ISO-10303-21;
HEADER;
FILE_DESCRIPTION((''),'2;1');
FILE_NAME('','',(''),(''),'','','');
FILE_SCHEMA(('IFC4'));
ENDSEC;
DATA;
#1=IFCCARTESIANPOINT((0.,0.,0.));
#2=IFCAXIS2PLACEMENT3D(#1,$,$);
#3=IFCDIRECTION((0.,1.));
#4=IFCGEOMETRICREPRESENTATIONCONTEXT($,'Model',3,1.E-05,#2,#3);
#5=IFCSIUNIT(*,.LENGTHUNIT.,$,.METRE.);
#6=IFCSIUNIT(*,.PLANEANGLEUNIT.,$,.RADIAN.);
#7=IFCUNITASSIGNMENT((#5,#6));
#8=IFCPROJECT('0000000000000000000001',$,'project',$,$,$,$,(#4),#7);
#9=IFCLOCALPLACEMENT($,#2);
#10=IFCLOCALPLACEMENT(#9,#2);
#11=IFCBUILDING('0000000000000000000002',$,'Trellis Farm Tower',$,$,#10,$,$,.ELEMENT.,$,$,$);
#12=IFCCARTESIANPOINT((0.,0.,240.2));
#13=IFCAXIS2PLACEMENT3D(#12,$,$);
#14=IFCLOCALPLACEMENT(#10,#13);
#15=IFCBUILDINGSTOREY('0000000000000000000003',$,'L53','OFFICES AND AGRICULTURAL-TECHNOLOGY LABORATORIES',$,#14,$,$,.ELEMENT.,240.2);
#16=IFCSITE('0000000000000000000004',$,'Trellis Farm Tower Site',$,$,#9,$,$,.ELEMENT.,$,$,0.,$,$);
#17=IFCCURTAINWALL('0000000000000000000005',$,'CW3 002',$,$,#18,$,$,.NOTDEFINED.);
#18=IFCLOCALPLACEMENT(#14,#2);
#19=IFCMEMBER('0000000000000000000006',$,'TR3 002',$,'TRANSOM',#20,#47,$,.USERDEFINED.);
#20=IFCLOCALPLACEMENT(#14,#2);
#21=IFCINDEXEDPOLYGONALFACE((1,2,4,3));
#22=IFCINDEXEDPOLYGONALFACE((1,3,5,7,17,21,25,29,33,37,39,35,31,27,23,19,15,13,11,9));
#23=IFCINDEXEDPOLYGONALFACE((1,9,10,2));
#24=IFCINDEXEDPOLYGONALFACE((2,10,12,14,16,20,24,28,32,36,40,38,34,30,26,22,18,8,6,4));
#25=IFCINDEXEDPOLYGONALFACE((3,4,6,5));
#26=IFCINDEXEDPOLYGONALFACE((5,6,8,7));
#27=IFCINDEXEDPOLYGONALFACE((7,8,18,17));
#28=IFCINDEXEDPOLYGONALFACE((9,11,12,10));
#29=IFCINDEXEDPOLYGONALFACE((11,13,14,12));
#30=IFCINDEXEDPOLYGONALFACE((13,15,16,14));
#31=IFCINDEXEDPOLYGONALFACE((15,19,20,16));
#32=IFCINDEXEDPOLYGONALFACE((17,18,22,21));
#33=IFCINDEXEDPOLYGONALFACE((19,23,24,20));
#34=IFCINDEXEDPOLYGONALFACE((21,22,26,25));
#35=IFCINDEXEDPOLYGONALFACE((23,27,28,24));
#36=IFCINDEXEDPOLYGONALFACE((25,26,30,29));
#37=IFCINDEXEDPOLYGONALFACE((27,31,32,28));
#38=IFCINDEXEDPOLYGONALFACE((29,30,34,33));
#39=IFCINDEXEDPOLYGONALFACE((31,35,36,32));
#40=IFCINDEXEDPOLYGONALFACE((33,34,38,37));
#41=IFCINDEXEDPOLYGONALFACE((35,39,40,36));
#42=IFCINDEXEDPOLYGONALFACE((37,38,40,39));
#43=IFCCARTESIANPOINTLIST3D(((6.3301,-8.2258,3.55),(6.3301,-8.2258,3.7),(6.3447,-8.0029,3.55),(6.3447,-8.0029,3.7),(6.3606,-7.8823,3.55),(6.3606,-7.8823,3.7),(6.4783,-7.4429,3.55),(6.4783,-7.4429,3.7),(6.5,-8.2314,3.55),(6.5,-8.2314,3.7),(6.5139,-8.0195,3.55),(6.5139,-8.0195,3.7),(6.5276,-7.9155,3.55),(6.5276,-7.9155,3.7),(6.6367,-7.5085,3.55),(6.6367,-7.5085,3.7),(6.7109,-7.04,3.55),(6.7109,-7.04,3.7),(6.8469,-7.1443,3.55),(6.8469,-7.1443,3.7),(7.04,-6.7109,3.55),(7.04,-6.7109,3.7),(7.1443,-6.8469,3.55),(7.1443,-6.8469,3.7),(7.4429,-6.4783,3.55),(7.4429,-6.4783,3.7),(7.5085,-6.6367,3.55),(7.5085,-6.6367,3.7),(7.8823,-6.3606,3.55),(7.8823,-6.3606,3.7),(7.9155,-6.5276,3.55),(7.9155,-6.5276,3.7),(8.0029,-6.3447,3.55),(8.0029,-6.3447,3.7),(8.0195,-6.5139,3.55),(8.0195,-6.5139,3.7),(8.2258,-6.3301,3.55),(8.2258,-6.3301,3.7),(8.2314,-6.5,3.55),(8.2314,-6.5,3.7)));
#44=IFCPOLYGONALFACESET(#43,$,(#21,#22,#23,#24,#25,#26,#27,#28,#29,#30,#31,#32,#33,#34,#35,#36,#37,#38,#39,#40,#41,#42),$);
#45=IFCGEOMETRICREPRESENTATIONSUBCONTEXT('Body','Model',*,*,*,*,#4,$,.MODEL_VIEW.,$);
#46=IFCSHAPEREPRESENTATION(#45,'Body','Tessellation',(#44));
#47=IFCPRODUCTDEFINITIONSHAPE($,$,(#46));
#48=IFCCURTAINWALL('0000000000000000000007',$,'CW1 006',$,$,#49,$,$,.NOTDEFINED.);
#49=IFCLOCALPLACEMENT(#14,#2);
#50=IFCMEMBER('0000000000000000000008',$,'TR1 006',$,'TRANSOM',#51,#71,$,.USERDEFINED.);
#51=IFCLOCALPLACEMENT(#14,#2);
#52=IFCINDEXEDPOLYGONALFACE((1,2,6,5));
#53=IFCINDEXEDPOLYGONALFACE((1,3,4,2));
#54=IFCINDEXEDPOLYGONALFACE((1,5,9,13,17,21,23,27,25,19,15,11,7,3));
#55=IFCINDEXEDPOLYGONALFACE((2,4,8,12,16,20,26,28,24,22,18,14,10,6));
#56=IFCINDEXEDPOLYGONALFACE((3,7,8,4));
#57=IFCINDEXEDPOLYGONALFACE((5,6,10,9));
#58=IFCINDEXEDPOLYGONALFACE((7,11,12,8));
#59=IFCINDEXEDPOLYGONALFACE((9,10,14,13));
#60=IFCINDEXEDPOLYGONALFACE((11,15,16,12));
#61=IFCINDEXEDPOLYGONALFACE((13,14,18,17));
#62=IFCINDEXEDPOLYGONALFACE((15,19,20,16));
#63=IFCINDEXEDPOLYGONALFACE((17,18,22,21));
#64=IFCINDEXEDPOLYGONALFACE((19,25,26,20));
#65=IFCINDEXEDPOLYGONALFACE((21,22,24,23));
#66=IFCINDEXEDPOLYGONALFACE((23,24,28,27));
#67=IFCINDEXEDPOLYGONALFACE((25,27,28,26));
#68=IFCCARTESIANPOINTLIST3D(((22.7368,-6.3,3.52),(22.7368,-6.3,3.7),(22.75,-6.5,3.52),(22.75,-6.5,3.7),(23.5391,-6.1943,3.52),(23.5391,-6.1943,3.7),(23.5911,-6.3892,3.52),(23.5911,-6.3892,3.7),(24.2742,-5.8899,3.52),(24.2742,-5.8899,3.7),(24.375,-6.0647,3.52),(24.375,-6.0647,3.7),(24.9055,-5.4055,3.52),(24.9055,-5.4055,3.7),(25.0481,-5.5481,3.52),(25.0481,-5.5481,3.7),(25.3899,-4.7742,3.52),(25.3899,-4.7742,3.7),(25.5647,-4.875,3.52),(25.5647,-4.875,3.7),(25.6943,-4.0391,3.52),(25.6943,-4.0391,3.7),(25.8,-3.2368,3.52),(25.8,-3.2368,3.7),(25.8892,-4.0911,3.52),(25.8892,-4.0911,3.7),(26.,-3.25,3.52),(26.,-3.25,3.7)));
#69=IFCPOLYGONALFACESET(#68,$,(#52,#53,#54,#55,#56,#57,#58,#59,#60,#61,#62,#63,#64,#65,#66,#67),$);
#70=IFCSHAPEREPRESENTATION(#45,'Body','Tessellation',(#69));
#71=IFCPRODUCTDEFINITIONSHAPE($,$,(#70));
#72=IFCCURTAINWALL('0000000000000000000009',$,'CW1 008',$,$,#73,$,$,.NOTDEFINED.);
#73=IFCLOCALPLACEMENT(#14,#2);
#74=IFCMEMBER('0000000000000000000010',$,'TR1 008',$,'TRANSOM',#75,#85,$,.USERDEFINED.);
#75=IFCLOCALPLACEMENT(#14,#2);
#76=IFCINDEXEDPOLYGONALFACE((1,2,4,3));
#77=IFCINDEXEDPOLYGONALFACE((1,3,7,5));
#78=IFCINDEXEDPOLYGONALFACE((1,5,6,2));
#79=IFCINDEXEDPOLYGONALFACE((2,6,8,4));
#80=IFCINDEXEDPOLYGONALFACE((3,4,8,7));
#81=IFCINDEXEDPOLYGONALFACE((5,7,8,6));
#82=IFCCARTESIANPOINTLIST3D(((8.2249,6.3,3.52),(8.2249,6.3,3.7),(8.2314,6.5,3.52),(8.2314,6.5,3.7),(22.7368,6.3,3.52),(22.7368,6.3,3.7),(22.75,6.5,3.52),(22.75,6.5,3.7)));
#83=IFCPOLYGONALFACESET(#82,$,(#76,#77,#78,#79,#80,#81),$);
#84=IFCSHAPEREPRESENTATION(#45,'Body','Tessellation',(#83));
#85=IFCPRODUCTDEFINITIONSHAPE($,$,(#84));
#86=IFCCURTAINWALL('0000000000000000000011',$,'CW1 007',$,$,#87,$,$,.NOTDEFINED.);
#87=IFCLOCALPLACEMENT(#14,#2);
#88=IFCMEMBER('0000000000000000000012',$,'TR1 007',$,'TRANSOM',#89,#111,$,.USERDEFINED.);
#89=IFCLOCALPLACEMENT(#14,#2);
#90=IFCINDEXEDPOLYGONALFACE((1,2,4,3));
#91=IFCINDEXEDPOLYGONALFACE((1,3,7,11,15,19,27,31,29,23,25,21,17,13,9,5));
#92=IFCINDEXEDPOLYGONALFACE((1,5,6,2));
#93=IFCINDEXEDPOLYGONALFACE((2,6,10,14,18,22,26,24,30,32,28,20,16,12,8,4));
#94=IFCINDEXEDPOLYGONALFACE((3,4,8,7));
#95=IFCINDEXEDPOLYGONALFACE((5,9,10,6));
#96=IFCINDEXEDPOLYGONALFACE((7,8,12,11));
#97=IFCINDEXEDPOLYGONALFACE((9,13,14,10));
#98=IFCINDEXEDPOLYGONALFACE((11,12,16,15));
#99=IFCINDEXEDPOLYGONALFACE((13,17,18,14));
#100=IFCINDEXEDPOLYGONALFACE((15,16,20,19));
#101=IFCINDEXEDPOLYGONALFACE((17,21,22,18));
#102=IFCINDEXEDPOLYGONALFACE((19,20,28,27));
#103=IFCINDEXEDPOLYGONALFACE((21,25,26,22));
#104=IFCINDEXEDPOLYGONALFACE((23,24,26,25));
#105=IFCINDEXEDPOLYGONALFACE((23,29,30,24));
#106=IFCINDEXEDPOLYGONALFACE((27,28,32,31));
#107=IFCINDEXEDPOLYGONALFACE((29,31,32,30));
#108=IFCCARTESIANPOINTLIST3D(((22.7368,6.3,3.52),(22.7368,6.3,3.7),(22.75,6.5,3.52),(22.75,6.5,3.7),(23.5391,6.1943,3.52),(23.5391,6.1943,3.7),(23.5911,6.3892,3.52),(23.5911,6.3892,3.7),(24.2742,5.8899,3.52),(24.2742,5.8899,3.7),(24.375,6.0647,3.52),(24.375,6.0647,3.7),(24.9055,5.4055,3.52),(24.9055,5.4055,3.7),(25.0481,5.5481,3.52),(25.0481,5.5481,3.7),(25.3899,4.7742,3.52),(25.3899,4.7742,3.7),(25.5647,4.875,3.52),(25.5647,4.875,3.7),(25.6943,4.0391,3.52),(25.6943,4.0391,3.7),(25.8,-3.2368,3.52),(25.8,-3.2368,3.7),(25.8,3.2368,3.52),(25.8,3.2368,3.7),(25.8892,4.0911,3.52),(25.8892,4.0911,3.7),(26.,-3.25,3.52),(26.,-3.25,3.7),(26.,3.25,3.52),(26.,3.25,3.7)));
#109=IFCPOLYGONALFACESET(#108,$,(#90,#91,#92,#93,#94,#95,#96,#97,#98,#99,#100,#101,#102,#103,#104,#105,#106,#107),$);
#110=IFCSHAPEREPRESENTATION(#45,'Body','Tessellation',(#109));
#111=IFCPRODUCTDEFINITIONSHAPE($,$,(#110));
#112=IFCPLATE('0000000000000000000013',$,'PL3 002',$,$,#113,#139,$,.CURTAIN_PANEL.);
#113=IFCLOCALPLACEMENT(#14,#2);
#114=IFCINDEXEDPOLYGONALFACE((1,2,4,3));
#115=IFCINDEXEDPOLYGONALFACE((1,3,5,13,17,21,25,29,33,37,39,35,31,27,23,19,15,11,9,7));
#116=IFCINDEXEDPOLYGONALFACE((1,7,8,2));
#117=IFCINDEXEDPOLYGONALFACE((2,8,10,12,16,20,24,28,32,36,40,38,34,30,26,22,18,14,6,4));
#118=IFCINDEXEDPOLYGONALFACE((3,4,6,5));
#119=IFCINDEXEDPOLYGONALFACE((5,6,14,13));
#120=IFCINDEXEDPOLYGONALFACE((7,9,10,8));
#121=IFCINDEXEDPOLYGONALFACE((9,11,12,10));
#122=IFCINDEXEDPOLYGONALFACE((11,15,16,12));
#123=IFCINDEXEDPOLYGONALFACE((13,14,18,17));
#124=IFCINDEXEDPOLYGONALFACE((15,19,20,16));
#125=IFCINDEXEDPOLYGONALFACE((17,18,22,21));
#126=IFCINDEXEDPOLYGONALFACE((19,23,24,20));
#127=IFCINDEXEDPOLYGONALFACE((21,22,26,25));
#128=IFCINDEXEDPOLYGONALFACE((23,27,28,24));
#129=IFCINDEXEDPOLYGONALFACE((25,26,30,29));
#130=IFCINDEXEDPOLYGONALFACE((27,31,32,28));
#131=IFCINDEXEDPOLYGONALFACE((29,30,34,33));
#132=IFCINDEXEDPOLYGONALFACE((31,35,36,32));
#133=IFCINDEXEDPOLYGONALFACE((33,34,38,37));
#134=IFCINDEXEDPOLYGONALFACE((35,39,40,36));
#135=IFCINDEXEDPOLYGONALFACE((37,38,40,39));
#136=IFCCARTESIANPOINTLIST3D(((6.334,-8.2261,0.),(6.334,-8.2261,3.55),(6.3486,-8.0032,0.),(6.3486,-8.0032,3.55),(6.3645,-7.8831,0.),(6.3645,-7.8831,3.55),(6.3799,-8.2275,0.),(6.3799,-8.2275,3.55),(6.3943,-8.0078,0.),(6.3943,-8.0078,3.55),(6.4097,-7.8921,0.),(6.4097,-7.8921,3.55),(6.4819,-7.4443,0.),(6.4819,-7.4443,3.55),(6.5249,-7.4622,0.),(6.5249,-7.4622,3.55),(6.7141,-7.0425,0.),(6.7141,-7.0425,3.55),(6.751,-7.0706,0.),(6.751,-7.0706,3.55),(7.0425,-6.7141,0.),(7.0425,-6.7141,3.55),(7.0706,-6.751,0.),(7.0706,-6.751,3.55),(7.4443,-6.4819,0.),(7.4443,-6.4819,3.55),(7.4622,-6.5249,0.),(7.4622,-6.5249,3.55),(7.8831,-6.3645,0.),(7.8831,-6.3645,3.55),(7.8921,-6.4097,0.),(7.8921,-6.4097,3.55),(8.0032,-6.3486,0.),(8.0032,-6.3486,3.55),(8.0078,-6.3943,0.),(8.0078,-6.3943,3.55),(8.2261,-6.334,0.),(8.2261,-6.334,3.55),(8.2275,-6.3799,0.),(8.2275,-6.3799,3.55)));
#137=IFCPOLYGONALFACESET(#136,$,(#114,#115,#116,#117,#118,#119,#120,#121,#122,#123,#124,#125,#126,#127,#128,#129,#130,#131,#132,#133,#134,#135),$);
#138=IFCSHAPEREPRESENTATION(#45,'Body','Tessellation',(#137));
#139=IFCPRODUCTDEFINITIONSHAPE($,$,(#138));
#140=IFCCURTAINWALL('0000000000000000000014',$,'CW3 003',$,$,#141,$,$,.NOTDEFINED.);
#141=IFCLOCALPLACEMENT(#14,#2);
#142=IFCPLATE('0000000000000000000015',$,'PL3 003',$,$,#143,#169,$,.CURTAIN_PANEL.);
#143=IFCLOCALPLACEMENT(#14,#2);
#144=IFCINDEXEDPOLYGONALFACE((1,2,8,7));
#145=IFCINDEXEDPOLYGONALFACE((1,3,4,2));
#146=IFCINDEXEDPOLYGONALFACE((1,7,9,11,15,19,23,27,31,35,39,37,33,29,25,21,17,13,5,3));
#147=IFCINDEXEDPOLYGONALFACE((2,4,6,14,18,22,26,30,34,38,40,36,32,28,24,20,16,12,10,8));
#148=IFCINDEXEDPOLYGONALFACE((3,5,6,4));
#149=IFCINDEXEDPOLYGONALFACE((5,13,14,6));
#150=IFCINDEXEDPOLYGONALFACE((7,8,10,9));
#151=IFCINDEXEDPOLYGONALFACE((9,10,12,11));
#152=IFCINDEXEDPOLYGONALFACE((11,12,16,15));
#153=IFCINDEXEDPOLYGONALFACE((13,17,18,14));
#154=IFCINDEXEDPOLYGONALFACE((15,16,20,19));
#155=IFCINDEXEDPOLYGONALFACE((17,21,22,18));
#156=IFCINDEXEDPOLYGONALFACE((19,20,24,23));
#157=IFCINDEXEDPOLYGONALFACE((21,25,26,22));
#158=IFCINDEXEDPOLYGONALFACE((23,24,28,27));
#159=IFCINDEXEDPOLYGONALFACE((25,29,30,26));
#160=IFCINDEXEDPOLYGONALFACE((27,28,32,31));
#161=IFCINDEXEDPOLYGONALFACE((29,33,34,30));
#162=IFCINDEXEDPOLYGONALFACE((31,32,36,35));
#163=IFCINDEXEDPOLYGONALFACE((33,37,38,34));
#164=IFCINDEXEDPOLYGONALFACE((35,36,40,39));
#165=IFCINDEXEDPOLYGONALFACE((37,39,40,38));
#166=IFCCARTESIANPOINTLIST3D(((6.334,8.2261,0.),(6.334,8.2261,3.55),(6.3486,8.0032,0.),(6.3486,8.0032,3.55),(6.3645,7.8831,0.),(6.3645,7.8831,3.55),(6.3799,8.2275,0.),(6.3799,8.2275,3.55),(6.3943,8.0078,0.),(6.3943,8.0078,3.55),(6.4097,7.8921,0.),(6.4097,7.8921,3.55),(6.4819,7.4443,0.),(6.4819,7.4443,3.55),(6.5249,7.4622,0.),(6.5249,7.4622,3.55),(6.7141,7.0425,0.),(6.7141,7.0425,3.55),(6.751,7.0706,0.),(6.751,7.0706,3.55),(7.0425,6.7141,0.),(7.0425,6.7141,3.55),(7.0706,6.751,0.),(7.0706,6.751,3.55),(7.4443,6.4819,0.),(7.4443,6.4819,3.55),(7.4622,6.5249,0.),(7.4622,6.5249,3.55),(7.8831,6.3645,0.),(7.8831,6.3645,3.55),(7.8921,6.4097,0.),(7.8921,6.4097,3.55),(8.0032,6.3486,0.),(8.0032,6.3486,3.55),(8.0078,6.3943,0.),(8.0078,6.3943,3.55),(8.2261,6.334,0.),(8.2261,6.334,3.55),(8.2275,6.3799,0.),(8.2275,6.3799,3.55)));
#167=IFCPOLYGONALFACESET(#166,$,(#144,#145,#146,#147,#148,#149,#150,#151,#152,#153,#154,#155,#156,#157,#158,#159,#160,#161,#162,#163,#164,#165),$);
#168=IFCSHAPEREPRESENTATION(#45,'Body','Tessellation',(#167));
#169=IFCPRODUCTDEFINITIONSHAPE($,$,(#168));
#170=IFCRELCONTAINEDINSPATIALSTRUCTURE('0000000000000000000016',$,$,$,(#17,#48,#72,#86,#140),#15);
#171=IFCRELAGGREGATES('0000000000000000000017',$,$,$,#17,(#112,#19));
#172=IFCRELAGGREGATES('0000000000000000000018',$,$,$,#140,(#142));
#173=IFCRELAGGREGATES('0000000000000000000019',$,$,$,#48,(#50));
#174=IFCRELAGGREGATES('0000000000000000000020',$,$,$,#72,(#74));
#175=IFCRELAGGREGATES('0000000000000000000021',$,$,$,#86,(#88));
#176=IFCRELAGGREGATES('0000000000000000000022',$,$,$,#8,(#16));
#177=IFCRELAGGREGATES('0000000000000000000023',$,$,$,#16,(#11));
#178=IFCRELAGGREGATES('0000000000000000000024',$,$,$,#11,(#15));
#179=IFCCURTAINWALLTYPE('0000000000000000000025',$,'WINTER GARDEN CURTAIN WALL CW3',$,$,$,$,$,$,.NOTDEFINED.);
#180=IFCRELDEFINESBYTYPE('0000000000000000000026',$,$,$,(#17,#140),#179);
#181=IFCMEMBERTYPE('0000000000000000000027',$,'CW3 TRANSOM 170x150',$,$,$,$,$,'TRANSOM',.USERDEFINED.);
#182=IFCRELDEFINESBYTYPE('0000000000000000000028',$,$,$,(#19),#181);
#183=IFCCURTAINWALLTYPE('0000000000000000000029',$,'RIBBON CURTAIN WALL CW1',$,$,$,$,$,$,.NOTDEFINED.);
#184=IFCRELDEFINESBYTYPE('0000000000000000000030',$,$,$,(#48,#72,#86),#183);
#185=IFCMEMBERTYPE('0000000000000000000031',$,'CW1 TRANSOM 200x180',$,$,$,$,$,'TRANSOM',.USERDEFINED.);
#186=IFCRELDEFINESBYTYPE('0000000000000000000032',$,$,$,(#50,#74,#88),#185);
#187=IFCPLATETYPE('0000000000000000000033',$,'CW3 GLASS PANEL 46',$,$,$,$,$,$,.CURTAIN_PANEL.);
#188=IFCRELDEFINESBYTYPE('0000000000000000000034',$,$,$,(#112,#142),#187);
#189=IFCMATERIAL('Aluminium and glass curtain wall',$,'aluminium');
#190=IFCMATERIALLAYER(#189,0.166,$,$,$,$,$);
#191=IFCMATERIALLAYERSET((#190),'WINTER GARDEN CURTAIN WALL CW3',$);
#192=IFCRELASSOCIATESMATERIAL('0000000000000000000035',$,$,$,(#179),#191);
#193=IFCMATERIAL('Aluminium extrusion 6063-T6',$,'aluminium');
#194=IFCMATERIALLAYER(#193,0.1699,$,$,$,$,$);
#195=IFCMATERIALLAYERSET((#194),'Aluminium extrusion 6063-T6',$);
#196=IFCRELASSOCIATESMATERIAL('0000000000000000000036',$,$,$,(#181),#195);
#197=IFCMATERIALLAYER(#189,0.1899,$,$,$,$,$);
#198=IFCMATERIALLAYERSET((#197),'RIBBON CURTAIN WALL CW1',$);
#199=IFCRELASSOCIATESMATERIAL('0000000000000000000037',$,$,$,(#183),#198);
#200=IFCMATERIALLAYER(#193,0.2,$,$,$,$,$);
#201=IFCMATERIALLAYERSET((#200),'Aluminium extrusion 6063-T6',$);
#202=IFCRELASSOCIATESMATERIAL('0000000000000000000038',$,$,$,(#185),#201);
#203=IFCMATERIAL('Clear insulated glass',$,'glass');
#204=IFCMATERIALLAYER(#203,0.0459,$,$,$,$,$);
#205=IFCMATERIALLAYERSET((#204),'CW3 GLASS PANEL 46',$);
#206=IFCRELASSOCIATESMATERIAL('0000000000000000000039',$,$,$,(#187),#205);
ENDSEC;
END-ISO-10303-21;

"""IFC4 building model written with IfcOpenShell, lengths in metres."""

from ifc_helpers import new_model, si_unit, direction, frame, origin, place, context, subcontext, project, spatial, polyline, outline, extrude, source, transform, mapped, material, layer, layer_set, type_object, element, aggregate, save


model = new_model("IFC4")

# Units and contexts
model_context = context("Model", 3, precision=1e-05, world=origin(), true_north=direction((0.0, 1.0)))
body_context = subcontext(model_context, "Body", "Model", "MODEL_VIEW")
ifc_project = project(units=[si_unit("LENGTHUNIT", "METRE"), si_unit("PLANEANGLEUNIT", "RADIAN")], contexts=[model_context])

# Site, building, storey
site_placement = place(None, origin())
site = spatial("IfcSite", under=ifc_project, at=site_placement, Name="Trellis Farm Tower Site", CompositionType="ELEMENT", RefElevation=0.0)
building_placement = place(site_placement, origin())
building = spatial("IfcBuilding", under=site, at=building_placement, Name="Trellis Farm Tower", CompositionType="ELEMENT")
storey_placement = place(building_placement, frame((0.0, 0.0, 240.2)))
storey = spatial("IfcBuildingStorey", under=building, at=storey_placement, Name="L53", Description="OFFICES AND AGRICULTURAL-TECHNOLOGY LABORATORIES", CompositionType="ELEMENT", Elevation=240.2)

# Curtain walls, members
ifc_material_1 = material(Name="Aluminium and glass curtain wall", Category="aluminium")
ifc_layer_1 = layer(ifc_material_1, 0.166)
ifc_layer_set_1 = layer_set([ifc_layer_1], Name="WINTER GARDEN CURTAIN WALL CW3")
curtain_wall_type_1 = type_object("IfcCurtainWallType", Name="WINTER GARDEN CURTAIN WALL CW3", PredefinedType="NOTDEFINED", material=ifc_layer_set_1)
placement_1 = place(storey_placement, origin())
curtain_wall_1 = element("IfcCurtainWall", 1, at=placement_1, inside=storey, type_object=curtain_wall_type_1, Name="CW3 002", PredefinedType="NOTDEFINED")
ifc_material_2 = material(Name="Aluminium extrusion 6063-T6", Category="aluminium")
ifc_layer_2 = layer(ifc_material_2, 0.1699)
ifc_layer_set_2 = layer_set([ifc_layer_2], Name="Aluminium extrusion 6063-T6")
member_type_1 = type_object("IfcMemberType", Name="CW3 TRANSOM 170x150", ElementType="TRANSOM", PredefinedType="USERDEFINED", material=ifc_layer_set_2)
shared_shape_1 = source(origin(), body_context, "Body", "SweptSolid", [
    extrude(outline(polyline([(6.5, -8.2314), (6.5139, -8.0195), (6.5276, -7.9155), (6.6367, -7.5085), (6.8469, -7.1443), (7.1443, -6.8469), (7.5085, -6.6367), (7.9155, -6.5276), (8.0195, -6.5139), (8.2314, -6.5), (8.2258, -6.3301), (8.0029, -6.3447), (7.8823, -6.3606), (7.4429, -6.4783), (7.04, -6.7109), (6.7109, -7.04), (6.4783, -7.4429), (6.3606, -7.8823), (6.3447, -8.0029), (6.3301, -8.2258), (6.5, -8.2314)])), origin(), (0.0, 0.0, 1.0), 0.1499),
])
member_1_placement = place(storey_placement, frame((0.0, 0.0, 3.55)))
member_1 = element("IfcMember", 2, at=member_1_placement, type_object=member_type_1, Name="TR3 002", ObjectType="TRANSOM", PredefinedType="USERDEFINED", context=body_context, shape_type="MappedRepresentation", body=[
    mapped(shared_shape_1, transform((0.0, 0.0, 0.0))),
])
ifc_layer_3 = layer(ifc_material_1, 0.1899)
ifc_layer_set_3 = layer_set([ifc_layer_3], Name="RIBBON CURTAIN WALL CW1")
curtain_wall_type_2 = type_object("IfcCurtainWallType", Name="RIBBON CURTAIN WALL CW1", PredefinedType="NOTDEFINED", material=ifc_layer_set_3)
curtain_wall_2 = element("IfcCurtainWall", 3, at=placement_1, inside=storey, type_object=curtain_wall_type_2, Name="CW1 006", PredefinedType="NOTDEFINED")
ifc_layer_4 = layer(ifc_material_2, 0.2)
ifc_layer_set_4 = layer_set([ifc_layer_4], Name="Aluminium extrusion 6063-T6")
member_type_2 = type_object("IfcMemberType", Name="CW1 TRANSOM 200x180", ElementType="TRANSOM", PredefinedType="USERDEFINED", material=ifc_layer_set_4)
shared_shape_2 = source(origin(), body_context, "Body", "SweptSolid", [
    extrude(outline(polyline([(22.75, -6.5), (23.5911, -6.3892), (24.375, -6.0647), (25.0481, -5.5481), (25.5647, -4.875), (25.8892, -4.0911), (26.0, -3.25), (25.8, -3.2368), (25.6943, -4.0391), (25.3899, -4.7742), (24.9055, -5.4055), (24.2742, -5.8899), (23.5391, -6.1943), (22.7368, -6.3), (22.75, -6.5)])), origin(), (0.0, 0.0, 1.0), 0.1799),
])
placement_2 = place(storey_placement, frame((0.0, 0.0, 3.52)))
member_2 = element("IfcMember", 4, at=placement_2, type_object=member_type_2, Name="TR1 006", ObjectType="TRANSOM", PredefinedType="USERDEFINED", context=body_context, shape_type="MappedRepresentation", body=[
    mapped(shared_shape_2, transform((0.0, 0.0, 0.0))),
])
curtain_wall_3 = element("IfcCurtainWall", 5, at=placement_1, inside=storey, type_object=curtain_wall_type_2, Name="CW1 008", PredefinedType="NOTDEFINED")
shared_shape_3 = source(origin(), body_context, "Body", "SweptSolid", [
    extrude(outline(polyline([(22.75, 6.5), (8.2314, 6.5), (8.2249, 6.3), (22.7368, 6.3), (22.75, 6.5)])), origin(), (0.0, 0.0, 1.0), 0.1799),
])
member_3 = element("IfcMember", 6, at=placement_2, type_object=member_type_2, Name="TR1 008", ObjectType="TRANSOM", PredefinedType="USERDEFINED", context=body_context, shape_type="MappedRepresentation", body=[
    mapped(shared_shape_3, transform((0.0, 0.0, 0.0))),
])
curtain_wall_4 = element("IfcCurtainWall", 7, at=placement_1, inside=storey, type_object=curtain_wall_type_2, Name="CW1 007", PredefinedType="NOTDEFINED")
shared_shape_4 = source(origin(), body_context, "Body", "SweptSolid", [
    extrude(outline(polyline([(26.0, -3.25), (26.0, 3.25), (25.8892, 4.0911), (25.5647, 4.875), (25.0481, 5.5481), (24.375, 6.0647), (23.5911, 6.3892), (22.75, 6.5), (22.7368, 6.3), (23.5391, 6.1943), (24.2742, 5.8899), (24.9055, 5.4055), (25.3899, 4.7742), (25.6943, 4.0391), (25.8, 3.2368), (25.8, -3.2368), (26.0, -3.25)])), origin(), (0.0, 0.0, 1.0), 0.1799),
])
member_4 = element("IfcMember", 8, at=placement_2, type_object=member_type_2, Name="TR1 007", ObjectType="TRANSOM", PredefinedType="USERDEFINED", context=body_context, shape_type="MappedRepresentation", body=[
    mapped(shared_shape_4, transform((0.0, 0.0, 0.0))),
])

# Plate
ifc_material_3 = material(Name="Clear insulated glass", Category="glass")
ifc_layer_5 = layer(ifc_material_3, 0.0459)
ifc_layer_set_5 = layer_set([ifc_layer_5], Name="CW3 GLASS PANEL 46")
plate_type_1 = type_object("IfcPlateType", Name="CW3 GLASS PANEL 46", PredefinedType="CURTAIN_PANEL", material=ifc_layer_set_5)
shared_shape_5 = source(origin(), body_context, "Body", "SweptSolid", [
    extrude(outline(polyline([(6.3799, -8.2275), (6.3943, -8.0078), (6.4097, -7.8921), (6.5249, -7.4622), (6.751, -7.0706), (7.0706, -6.751), (7.4622, -6.5249), (7.8921, -6.4097), (8.0078, -6.3943), (8.2275, -6.3799), (8.2261, -6.334), (8.0032, -6.3486), (7.8831, -6.3645), (7.4443, -6.4819), (7.0425, -6.7141), (6.7141, -7.0425), (6.4819, -7.4443), (6.3645, -7.8831), (6.3486, -8.0032), (6.334, -8.2261), (6.3799, -8.2275)])), origin(), (0.0, 0.0, 1.0), 3.55),
])
plate_1 = element("IfcPlate", 9, at=placement_1, type_object=plate_type_1, Name="PL3 002", PredefinedType="CURTAIN_PANEL", context=body_context, shape_type="MappedRepresentation", body=[
    mapped(shared_shape_5, transform((0.0, 0.0, 0.0))),
])
aggregate(curtain_wall_1, [plate_1, member_1])

# Curtain wall, plate
curtain_wall_5 = element("IfcCurtainWall", 10, at=placement_1, inside=storey, type_object=curtain_wall_type_1, Name="CW3 003", PredefinedType="NOTDEFINED")
shared_shape_6 = source(origin(), body_context, "Body", "SweptSolid", [
    extrude(outline(polyline([(8.2275, 6.3799), (8.0078, 6.3943), (7.8921, 6.4097), (7.4622, 6.5249), (7.0706, 6.751), (6.751, 7.0706), (6.5249, 7.4622), (6.4097, 7.8921), (6.3943, 8.0078), (6.3799, 8.2275), (6.334, 8.2261), (6.3486, 8.0032), (6.3645, 7.8831), (6.4819, 7.4443), (6.7141, 7.0425), (7.0425, 6.7141), (7.4443, 6.4819), (7.8831, 6.3645), (8.0032, 6.3486), (8.2261, 6.334), (8.2275, 6.3799)])), origin(), (0.0, 0.0, 1.0), 3.55),
])
plate_2 = element("IfcPlate", 11, at=placement_1, type_object=plate_type_1, Name="PL3 003", PredefinedType="CURTAIN_PANEL", context=body_context, shape_type="MappedRepresentation", body=[
    mapped(shared_shape_6, transform((0.0, 0.0, 0.0))),
])
aggregate(curtain_wall_5, [plate_2])

aggregate(curtain_wall_2, [member_2])
aggregate(curtain_wall_3, [member_3])
aggregate(curtain_wall_4, [member_4])

save(model, "model.ifc")
